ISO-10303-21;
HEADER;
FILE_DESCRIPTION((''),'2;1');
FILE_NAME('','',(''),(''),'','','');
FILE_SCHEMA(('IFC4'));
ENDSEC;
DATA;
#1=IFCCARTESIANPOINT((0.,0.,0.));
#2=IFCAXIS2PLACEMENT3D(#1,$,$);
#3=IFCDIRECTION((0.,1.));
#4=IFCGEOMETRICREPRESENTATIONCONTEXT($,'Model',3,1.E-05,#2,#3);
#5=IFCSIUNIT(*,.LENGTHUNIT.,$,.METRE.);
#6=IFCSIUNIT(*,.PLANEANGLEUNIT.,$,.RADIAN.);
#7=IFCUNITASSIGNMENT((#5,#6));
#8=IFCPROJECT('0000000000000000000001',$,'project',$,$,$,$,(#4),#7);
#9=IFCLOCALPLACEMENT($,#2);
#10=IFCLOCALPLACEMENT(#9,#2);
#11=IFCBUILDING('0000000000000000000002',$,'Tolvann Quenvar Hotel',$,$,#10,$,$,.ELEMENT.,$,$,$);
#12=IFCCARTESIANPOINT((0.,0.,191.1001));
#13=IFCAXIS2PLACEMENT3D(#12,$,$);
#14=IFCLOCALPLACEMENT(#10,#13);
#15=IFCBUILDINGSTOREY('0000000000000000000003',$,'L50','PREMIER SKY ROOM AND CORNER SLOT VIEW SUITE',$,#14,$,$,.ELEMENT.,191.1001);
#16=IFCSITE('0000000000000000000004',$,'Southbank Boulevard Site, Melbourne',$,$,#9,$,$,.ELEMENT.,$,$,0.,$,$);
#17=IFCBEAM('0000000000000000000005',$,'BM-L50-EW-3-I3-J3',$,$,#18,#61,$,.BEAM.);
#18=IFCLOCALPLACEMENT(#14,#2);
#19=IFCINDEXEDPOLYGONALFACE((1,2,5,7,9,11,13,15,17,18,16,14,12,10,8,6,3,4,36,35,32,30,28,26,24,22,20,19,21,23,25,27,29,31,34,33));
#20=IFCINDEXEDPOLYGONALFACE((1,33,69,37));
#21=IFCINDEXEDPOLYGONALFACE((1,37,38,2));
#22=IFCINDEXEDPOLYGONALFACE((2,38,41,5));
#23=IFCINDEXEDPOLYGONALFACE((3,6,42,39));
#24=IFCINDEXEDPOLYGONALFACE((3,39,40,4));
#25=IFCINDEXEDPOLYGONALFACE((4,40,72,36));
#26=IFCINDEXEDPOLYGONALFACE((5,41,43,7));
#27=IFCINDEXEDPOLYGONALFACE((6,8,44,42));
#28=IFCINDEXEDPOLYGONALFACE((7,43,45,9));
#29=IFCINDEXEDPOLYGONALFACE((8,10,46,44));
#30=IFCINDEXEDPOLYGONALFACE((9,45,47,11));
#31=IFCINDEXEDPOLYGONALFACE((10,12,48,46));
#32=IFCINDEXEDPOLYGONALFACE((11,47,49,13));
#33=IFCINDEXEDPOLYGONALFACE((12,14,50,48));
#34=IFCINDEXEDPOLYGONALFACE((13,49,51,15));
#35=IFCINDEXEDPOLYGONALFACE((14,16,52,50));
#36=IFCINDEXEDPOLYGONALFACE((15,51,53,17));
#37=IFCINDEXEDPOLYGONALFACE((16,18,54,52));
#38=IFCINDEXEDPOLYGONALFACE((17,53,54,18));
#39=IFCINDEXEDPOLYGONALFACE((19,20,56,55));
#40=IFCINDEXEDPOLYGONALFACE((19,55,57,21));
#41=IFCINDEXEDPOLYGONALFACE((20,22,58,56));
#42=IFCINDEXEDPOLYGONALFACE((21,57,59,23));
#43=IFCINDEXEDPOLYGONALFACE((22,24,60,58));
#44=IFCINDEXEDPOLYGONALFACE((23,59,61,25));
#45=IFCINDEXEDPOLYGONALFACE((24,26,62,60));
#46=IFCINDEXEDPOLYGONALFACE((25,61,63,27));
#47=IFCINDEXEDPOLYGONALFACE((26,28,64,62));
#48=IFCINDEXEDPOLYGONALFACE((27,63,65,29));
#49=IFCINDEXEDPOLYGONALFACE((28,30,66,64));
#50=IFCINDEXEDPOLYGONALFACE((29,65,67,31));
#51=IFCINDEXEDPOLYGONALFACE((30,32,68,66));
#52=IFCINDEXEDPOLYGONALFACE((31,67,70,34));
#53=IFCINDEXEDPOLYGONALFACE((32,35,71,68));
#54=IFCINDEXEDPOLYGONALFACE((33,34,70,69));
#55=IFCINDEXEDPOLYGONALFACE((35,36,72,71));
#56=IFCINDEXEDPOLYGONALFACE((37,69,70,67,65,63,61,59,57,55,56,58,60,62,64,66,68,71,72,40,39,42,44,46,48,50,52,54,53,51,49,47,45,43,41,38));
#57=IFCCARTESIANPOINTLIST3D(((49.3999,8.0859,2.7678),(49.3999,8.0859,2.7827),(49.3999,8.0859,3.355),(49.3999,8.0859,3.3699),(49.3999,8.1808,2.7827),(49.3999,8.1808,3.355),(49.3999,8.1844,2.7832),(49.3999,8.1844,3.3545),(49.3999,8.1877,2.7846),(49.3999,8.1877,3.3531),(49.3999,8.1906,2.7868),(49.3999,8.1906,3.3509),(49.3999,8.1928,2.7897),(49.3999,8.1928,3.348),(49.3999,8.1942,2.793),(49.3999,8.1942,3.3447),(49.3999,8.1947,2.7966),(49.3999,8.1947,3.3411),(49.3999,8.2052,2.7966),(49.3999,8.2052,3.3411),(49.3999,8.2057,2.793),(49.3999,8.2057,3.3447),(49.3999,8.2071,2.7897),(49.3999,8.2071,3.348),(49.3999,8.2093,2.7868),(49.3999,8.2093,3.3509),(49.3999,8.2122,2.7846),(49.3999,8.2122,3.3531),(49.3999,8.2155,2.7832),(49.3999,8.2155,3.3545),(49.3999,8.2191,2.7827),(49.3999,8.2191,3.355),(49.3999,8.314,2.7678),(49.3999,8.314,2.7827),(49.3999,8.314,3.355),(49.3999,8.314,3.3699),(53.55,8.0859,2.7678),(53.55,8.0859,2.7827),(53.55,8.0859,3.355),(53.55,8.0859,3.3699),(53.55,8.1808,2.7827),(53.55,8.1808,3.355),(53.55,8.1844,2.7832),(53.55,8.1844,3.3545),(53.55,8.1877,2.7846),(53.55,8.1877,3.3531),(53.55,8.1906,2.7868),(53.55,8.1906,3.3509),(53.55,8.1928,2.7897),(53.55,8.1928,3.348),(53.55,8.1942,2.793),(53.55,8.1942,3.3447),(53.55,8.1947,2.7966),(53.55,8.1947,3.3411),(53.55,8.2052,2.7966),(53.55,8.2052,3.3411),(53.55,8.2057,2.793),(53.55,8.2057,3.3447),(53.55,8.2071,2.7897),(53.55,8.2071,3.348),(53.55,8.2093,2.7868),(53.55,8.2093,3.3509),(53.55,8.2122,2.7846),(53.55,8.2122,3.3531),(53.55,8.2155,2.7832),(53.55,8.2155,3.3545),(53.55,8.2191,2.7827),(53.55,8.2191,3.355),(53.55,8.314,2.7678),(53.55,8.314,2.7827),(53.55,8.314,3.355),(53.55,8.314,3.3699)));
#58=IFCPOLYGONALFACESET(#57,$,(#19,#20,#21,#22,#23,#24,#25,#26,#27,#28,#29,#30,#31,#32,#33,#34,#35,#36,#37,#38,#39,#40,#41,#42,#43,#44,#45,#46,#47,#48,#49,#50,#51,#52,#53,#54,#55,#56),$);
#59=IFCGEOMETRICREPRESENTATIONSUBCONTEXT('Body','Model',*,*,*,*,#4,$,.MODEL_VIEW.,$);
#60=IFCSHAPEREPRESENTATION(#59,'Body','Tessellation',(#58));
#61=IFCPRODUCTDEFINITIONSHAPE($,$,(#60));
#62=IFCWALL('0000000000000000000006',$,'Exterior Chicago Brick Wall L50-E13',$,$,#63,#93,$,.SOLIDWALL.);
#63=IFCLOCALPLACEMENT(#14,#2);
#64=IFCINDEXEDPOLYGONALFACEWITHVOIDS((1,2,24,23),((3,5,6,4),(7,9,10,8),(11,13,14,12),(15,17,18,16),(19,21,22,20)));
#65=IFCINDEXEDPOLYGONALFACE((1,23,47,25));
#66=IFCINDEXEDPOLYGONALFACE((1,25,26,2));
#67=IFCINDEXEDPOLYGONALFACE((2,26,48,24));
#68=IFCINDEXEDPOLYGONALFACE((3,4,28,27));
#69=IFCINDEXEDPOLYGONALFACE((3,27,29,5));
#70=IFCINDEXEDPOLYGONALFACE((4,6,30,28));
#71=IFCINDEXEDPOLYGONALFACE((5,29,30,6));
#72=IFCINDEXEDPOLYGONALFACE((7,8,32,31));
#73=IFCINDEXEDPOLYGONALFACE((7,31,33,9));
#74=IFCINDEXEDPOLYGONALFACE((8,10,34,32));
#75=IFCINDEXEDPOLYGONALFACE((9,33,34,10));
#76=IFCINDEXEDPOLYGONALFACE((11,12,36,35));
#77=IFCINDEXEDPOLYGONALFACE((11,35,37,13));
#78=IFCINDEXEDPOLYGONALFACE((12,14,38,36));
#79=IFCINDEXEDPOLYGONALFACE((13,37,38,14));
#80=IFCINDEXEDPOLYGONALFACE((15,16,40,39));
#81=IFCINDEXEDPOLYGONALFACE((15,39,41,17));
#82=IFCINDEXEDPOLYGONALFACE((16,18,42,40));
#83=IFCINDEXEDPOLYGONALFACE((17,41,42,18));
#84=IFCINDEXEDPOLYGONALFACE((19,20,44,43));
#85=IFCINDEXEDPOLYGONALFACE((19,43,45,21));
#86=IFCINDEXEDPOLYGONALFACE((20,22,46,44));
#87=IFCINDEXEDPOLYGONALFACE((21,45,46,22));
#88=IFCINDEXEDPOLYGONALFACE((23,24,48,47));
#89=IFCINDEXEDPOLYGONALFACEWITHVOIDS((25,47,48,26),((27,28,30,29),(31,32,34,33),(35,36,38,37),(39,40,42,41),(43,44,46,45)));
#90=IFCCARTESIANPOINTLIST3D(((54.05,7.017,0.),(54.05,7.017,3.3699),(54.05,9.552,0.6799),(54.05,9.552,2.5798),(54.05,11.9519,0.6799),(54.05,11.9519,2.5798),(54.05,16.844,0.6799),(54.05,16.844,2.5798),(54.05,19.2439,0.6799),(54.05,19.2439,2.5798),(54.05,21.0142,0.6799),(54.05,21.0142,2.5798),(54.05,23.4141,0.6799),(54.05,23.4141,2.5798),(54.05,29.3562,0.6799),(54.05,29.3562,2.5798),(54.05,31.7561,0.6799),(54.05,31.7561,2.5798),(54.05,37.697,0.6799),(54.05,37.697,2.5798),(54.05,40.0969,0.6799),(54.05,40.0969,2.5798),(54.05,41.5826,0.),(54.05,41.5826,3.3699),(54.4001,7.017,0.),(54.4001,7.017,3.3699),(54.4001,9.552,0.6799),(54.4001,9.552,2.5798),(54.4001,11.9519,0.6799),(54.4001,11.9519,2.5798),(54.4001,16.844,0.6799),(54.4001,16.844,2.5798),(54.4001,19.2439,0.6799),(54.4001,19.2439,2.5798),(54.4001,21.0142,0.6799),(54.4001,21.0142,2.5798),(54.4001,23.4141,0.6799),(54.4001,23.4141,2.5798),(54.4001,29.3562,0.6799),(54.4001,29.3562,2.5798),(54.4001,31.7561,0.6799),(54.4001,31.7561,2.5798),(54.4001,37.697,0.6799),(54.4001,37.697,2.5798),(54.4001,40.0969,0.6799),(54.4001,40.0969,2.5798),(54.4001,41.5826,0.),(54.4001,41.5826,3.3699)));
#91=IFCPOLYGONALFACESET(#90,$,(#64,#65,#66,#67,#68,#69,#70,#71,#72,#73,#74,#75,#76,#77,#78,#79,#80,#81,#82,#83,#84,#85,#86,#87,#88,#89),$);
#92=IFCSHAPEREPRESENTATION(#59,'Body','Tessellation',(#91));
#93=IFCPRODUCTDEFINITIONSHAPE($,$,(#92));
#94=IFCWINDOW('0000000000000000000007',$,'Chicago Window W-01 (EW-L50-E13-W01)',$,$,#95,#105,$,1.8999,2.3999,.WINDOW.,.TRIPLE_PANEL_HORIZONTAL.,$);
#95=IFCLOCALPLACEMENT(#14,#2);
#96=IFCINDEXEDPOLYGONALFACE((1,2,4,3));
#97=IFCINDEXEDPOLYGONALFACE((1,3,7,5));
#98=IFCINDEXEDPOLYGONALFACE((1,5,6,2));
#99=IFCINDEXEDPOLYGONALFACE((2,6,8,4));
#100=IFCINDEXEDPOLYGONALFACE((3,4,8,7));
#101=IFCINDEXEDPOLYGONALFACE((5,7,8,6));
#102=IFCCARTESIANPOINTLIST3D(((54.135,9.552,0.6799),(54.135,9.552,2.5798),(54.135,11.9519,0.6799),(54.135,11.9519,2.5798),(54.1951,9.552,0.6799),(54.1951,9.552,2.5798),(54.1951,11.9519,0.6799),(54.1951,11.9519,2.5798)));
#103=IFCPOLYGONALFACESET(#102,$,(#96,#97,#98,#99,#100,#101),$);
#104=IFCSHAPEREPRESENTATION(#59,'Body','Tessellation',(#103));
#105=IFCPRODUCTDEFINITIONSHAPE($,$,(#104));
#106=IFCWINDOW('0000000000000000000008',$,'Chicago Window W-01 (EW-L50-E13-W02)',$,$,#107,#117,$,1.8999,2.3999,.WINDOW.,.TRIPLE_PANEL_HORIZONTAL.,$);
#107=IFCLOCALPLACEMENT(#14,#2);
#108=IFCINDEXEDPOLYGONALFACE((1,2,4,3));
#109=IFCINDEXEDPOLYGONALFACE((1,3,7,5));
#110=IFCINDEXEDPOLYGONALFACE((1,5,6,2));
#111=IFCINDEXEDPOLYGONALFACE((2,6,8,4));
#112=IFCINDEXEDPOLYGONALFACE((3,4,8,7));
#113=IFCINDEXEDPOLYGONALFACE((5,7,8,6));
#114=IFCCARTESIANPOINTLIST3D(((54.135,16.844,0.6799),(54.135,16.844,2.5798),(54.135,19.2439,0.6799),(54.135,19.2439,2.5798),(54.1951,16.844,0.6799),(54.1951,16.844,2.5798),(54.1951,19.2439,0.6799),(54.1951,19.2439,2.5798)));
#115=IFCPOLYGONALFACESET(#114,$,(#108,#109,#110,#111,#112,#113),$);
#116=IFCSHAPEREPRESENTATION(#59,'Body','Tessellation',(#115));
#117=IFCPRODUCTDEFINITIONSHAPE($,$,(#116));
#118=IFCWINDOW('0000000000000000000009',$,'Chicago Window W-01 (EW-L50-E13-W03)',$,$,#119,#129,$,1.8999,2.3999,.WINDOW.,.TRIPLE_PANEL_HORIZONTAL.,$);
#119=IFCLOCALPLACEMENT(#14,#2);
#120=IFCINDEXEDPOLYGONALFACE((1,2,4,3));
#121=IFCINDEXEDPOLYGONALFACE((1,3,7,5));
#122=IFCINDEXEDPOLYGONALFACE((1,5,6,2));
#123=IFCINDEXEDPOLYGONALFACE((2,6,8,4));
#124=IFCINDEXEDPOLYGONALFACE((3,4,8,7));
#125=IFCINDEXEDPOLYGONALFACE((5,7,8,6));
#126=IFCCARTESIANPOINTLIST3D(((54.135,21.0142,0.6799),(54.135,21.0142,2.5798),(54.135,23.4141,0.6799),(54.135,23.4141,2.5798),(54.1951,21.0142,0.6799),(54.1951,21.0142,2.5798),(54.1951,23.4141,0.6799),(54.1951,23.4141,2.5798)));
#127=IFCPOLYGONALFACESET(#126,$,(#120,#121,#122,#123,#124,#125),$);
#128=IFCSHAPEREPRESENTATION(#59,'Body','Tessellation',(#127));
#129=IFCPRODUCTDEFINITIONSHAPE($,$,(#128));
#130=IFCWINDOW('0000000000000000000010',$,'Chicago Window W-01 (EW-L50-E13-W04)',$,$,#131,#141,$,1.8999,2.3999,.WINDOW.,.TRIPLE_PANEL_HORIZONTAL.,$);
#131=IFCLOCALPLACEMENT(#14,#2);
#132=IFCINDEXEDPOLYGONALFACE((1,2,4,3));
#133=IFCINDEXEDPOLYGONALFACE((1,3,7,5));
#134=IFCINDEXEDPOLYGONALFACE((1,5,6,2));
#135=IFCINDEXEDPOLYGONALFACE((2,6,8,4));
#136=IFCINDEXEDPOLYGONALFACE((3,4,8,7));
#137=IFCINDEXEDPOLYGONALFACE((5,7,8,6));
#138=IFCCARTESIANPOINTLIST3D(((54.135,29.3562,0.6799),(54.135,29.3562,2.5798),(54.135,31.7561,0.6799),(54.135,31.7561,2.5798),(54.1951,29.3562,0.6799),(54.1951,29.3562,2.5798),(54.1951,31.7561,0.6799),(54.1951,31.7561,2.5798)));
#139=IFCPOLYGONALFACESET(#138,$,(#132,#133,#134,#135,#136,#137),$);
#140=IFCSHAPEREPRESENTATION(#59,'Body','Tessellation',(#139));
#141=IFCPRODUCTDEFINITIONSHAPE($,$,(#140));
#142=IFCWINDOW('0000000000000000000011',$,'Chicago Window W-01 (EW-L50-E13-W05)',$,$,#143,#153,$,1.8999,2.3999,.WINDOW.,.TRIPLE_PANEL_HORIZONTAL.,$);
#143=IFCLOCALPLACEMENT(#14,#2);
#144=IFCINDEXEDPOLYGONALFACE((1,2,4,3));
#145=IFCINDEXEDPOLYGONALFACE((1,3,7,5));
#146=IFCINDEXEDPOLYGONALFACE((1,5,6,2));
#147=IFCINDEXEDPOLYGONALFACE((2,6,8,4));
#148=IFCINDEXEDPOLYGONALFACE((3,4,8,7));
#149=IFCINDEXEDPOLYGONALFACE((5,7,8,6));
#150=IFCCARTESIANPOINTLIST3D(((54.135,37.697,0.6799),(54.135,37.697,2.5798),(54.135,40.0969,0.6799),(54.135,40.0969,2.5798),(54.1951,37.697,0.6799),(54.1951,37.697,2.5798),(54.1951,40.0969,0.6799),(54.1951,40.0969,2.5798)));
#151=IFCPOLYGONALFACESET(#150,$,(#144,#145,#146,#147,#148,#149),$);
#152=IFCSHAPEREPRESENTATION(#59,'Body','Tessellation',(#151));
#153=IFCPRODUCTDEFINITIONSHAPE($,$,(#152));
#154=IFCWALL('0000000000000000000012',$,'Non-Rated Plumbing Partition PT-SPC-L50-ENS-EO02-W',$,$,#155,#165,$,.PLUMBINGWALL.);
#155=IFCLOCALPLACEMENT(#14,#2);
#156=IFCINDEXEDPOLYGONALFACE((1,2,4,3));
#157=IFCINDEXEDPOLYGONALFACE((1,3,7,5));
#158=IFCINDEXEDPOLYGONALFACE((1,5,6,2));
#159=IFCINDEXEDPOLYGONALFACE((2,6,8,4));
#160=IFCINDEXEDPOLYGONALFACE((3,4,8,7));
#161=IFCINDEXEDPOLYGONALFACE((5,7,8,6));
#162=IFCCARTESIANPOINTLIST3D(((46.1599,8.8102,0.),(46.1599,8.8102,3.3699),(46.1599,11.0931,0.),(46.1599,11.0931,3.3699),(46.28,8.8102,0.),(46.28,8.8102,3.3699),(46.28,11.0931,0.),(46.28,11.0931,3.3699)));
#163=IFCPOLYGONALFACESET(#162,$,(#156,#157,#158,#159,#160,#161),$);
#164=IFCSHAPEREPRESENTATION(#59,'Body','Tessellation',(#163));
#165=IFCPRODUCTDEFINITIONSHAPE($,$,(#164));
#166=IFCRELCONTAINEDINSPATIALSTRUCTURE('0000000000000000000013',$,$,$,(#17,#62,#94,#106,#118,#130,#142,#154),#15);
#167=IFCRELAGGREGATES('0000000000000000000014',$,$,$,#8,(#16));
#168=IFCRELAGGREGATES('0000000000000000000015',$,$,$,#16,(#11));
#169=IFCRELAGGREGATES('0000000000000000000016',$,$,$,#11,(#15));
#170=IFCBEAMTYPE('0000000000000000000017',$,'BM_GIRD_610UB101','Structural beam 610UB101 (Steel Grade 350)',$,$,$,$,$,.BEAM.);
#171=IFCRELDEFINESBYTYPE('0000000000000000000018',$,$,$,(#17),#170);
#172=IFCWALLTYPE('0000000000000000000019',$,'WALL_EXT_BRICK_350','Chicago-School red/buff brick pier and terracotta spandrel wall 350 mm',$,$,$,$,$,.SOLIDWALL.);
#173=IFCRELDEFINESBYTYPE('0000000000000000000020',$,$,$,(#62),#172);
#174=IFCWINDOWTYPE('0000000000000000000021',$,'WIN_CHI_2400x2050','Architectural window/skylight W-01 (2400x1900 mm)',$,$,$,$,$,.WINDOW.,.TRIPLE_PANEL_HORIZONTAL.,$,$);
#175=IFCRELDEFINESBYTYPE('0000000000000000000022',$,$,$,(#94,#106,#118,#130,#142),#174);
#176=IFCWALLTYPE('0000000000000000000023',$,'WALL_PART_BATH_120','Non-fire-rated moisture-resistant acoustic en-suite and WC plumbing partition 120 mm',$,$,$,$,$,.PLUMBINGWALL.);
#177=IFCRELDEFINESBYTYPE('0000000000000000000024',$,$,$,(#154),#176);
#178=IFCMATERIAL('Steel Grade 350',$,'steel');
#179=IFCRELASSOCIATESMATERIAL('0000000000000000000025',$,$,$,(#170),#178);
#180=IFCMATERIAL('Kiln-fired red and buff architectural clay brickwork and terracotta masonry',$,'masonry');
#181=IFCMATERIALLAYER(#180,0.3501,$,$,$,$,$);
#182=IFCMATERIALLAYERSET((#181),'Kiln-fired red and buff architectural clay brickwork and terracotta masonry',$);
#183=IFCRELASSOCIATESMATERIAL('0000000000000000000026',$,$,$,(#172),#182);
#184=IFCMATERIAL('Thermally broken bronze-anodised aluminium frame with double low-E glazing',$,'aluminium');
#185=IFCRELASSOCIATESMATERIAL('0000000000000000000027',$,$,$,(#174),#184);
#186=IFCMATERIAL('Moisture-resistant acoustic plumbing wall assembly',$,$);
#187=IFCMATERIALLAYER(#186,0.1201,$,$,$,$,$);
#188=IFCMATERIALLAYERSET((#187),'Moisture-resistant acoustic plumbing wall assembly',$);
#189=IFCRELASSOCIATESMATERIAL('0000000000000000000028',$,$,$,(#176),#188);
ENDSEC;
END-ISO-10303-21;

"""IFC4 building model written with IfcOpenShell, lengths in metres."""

from ifc_helpers import new_model, si_unit, direction, frame, frame_2d, origin, origin_2d, place, context, subcontext, project, spatial, rectangle, i_section, extrude, source, transform, mapped, material, layer, layer_set, material_profile, profile_set, type_object, type_shapes, element, fill, save


model = new_model("IFC4")

# Units and contexts
model_context = context("Model", 3, precision=1e-05, world=origin(), true_north=direction((0.0, 1.0)))
body_context = subcontext(model_context, "Body", "Model", "MODEL_VIEW")
ifc_project = project(units=[si_unit("LENGTHUNIT", "METRE"), si_unit("PLANEANGLEUNIT", "RADIAN")], contexts=[model_context])

# Site, building, storey
site_placement = place(None, origin())
site = spatial("IfcSite", under=ifc_project, at=site_placement, Name="Southbank Boulevard Site, Melbourne", CompositionType="ELEMENT", RefElevation=0.0)
building_placement = place(site_placement, origin())
building = spatial("IfcBuilding", under=site, at=building_placement, Name="Tolvann Quenvar Hotel", CompositionType="ELEMENT")
storey_placement = place(building_placement, frame((0.0, 0.0, 191.1001)))
storey = spatial("IfcBuildingStorey", under=building, at=storey_placement, Name="L50", Description="PREMIER SKY ROOM AND CORNER SLOT VIEW SUITE", CompositionType="ELEMENT", Elevation=191.1001)

# Shared definitions
ifc_material_1 = material(Name="Steel Grade 350", Category="steel")

# Beam
ifc_material_profile_1 = material_profile(ifc_material_1, i_section(OverallWidth=0.228, OverallDepth=0.6021, WebThickness=0.0105, FlangeThickness=0.0149, FilletRadius=0.0139, at=origin_2d()), Name="610UB101")
ifc_profile_set_1 = profile_set([ifc_material_profile_1], Name="Steel Grade 350")
beam_type_1 = type_object("IfcBeamType", Name="BM_GIRD_610UB101", Description="Structural beam 610UB101 (Steel Grade 350)", PredefinedType="BEAM", material=ifc_profile_set_1)
shared_shape_1 = source(origin(), body_context, "Body", "SweptSolid", [
    extrude(i_section(OverallWidth=0.228, OverallDepth=0.6021, WebThickness=0.0105, FlangeThickness=0.0149, FilletRadius=0.0139, at=origin_2d()), origin(), (0.0, 0.0, 1.0), 4.1501),
])
type_shapes(beam_type_1, [shared_shape_1])
beam_1_placement = place(storey_placement, frame((49.3999, 8.2, 3.0688), z_axis=(1.0, 0.0, 0.0), x_axis=(0.0, 1.0, 0.0)))
element("IfcBeam", 1, at=beam_1_placement, inside=storey, type_object=beam_type_1, Name="BM-L50-EW-3-I3-J3", PredefinedType="BEAM", context=body_context, shape_type="MappedRepresentation", body=[
    mapped(shared_shape_1, transform((0.0, 0.0, 0.0), x_axis=(1.0, 0.0, 0.0), y_axis=(0.0, 1.0, 0.0), z_axis=(0.0, 0.0, 1.0), scale=1.0)),
])

# Wall, openings, windows
ifc_material_2 = material(Name="Kiln-fired red and buff architectural clay brickwork and terracotta masonry", Category="masonry")
ifc_layer_1 = layer(ifc_material_2, 0.3501)
ifc_layer_set_1 = layer_set([ifc_layer_1], Name="Kiln-fired red and buff architectural clay brickwork and terracotta masonry")
wall_type_1 = type_object("IfcWallType", Name="WALL_EXT_BRICK_350", Description="Chicago-School red/buff brick pier and terracotta spandrel wall 350 mm", PredefinedType="SOLIDWALL", material=ifc_layer_set_1)
wall_1_placement = place(storey_placement, frame((54.2251, 7.0171, 0.0), z_axis=(0.0, 0.0, 1.0), x_axis=(0.0, 1.0, 0.0)))
wall_1 = element("IfcWall", 2, at=wall_1_placement, inside=storey, type_object=wall_type_1, Name="Exterior Chicago Brick Wall L50-E13", PredefinedType="SOLIDWALL", context=body_context, shape_type="SweptSolid", body=[
    extrude(rectangle(XDim=34.5657, YDim=0.3501, at=frame_2d((17.2827, 0.0))), origin(), (0.0, 0.0, 1.0), 3.3699),
])
opening_1_placement = place(wall_1_placement, frame((2.5349, 0.0, 0.6799)))
opening_1 = element("IfcOpeningElement", 3, at=opening_1_placement, cuts=wall_1, PredefinedType="OPENING", context=body_context, shape_type="SweptSolid", body=[
    extrude(rectangle(XDim=2.3999, YDim=1.8999, at=frame_2d((1.2, 0.95))), frame((0.0, 0.1851, 0.0), z_axis=(0.0, -1.0, 0.0), x_axis=(1.0, 0.0, 0.0)), (0.0, 0.0, 1.0), 0.3701),
])
opening_2_placement = place(wall_1_placement, frame((9.8269, 0.0, 0.6799)))
opening_2 = element("IfcOpeningElement", 4, at=opening_2_placement, cuts=wall_1, PredefinedType="OPENING", context=body_context, shape_type="SweptSolid", body=[
    extrude(rectangle(XDim=2.3999, YDim=1.8999, at=frame_2d((1.2, 0.95))), frame((0.0, 0.1851, 0.0), z_axis=(0.0, -1.0, 0.0), x_axis=(1.0, 0.0, 0.0)), (0.0, 0.0, 1.0), 0.3701),
])
opening_3_placement = place(wall_1_placement, frame((13.9971, 0.0, 0.6799)))
opening_3 = element("IfcOpeningElement", 5, at=opening_3_placement, cuts=wall_1, PredefinedType="OPENING", context=body_context, shape_type="SweptSolid", body=[
    extrude(rectangle(XDim=2.3999, YDim=1.8999, at=frame_2d((1.2, 0.95))), frame((0.0, 0.1851, 0.0), z_axis=(0.0, -1.0, 0.0), x_axis=(1.0, 0.0, 0.0)), (0.0, 0.0, 1.0), 0.3701),
])
opening_4_placement = place(wall_1_placement, frame((22.3391, 0.0, 0.6799)))
opening_4 = element("IfcOpeningElement", 6, at=opening_4_placement, cuts=wall_1, PredefinedType="OPENING", context=body_context, shape_type="SweptSolid", body=[
    extrude(rectangle(XDim=2.3999, YDim=1.8999, at=frame_2d((1.2, 0.95))), frame((0.0, 0.1851, 0.0), z_axis=(0.0, -1.0, 0.0), x_axis=(1.0, 0.0, 0.0)), (0.0, 0.0, 1.0), 0.3701),
])
opening_5_placement = place(wall_1_placement, frame((30.6799, 0.0, 0.6799)))
opening_5 = element("IfcOpeningElement", 7, at=opening_5_placement, cuts=wall_1, PredefinedType="OPENING", context=body_context, shape_type="SweptSolid", body=[
    extrude(rectangle(XDim=2.3999, YDim=1.8999, at=frame_2d((1.2, 0.95))), frame((0.0, 0.1851, 0.0), z_axis=(0.0, -1.0, 0.0), x_axis=(1.0, 0.0, 0.0)), (0.0, 0.0, 1.0), 0.3701),
])
ifc_material_3 = material(Name="Thermally broken bronze-anodised aluminium frame with double low-E glazing", Category="aluminium")
window_type = type_object("IfcWindowType", Name="WIN_CHI_2400x2050", Description="Architectural window/skylight W-01 (2400x1900 mm)", PartitioningType="TRIPLE_PANEL_HORIZONTAL", PredefinedType="WINDOW", material=ifc_material_3)
shared_shape_2 = source(origin(), body_context, "Body", "SweptSolid", [
    extrude(rectangle(XDim=2.3999, YDim=1.8999, at=frame_2d((1.2, 0.95))), frame((0.0, 0.0901, 0.0), z_axis=(0.0, -1.0, 0.0), x_axis=(1.0, 0.0, 0.0)), (0.0, 0.0, 1.0), 0.0601),
])
type_shapes(window_type, [shared_shape_2])
window_1_placement = place(opening_1_placement, origin())
window_1 = element("IfcWindow", 8, at=window_1_placement, inside=storey, type_object=window_type, Name="Chicago Window W-01 (EW-L50-E13-W01)", OverallHeight=1.8999, OverallWidth=2.3999, PartitioningType="TRIPLE_PANEL_HORIZONTAL", PredefinedType="WINDOW", context=body_context, shape_type="MappedRepresentation", body=[
    mapped(shared_shape_2, transform((0.0, 0.0, 0.0), x_axis=(1.0, 0.0, 0.0), y_axis=(0.0, 1.0, 0.0), z_axis=(0.0, 0.0, 1.0), scale=1.0)),
])
fill(opening_1, window_1)
window_2_placement = place(opening_2_placement, origin())
window_2 = element("IfcWindow", 9, at=window_2_placement, inside=storey, type_object=window_type, Name="Chicago Window W-01 (EW-L50-E13-W02)", OverallHeight=1.8999, OverallWidth=2.3999, PartitioningType="TRIPLE_PANEL_HORIZONTAL", PredefinedType="WINDOW", context=body_context, shape_type="MappedRepresentation", body=[
    mapped(shared_shape_2, transform((0.0, 0.0, 0.0), x_axis=(1.0, 0.0, 0.0), y_axis=(0.0, 1.0, 0.0), z_axis=(0.0, 0.0, 1.0), scale=1.0)),
])
fill(opening_2, window_2)
window_3_placement = place(opening_3_placement, origin())
window_3 = element("IfcWindow", 10, at=window_3_placement, inside=storey, type_object=window_type, Name="Chicago Window W-01 (EW-L50-E13-W03)", OverallHeight=1.8999, OverallWidth=2.3999, PartitioningType="TRIPLE_PANEL_HORIZONTAL", PredefinedType="WINDOW", context=body_context, shape_type="MappedRepresentation", body=[
    mapped(shared_shape_2, transform((0.0, 0.0, 0.0), x_axis=(1.0, 0.0, 0.0), y_axis=(0.0, 1.0, 0.0), z_axis=(0.0, 0.0, 1.0), scale=1.0)),
])
fill(opening_3, window_3)
window_4_placement = place(opening_4_placement, origin())
window_4 = element("IfcWindow", 11, at=window_4_placement, inside=storey, type_object=window_type, Name="Chicago Window W-01 (EW-L50-E13-W04)", OverallHeight=1.8999, OverallWidth=2.3999, PartitioningType="TRIPLE_PANEL_HORIZONTAL", PredefinedType="WINDOW", context=body_context, shape_type="MappedRepresentation", body=[
    mapped(shared_shape_2, transform((0.0, 0.0, 0.0), x_axis=(1.0, 0.0, 0.0), y_axis=(0.0, 1.0, 0.0), z_axis=(0.0, 0.0, 1.0), scale=1.0)),
])
fill(opening_4, window_4)
window_5_placement = place(opening_5_placement, origin())
window_5 = element("IfcWindow", 12, at=window_5_placement, inside=storey, type_object=window_type, Name="Chicago Window W-01 (EW-L50-E13-W05)", OverallHeight=1.8999, OverallWidth=2.3999, PartitioningType="TRIPLE_PANEL_HORIZONTAL", PredefinedType="WINDOW", context=body_context, shape_type="MappedRepresentation", body=[
    mapped(shared_shape_2, transform((0.0, 0.0, 0.0), x_axis=(1.0, 0.0, 0.0), y_axis=(0.0, 1.0, 0.0), z_axis=(0.0, 0.0, 1.0), scale=1.0)),
])
fill(opening_5, window_5)

# Wall
ifc_material_4 = material(Name="Moisture-resistant acoustic plumbing wall assembly")
ifc_layer_2 = layer(ifc_material_4, 0.1201)
ifc_layer_set_2 = layer_set([ifc_layer_2], Name="Moisture-resistant acoustic plumbing wall assembly")
wall_type_2 = type_object("IfcWallType", Name="WALL_PART_BATH_120", Description="Non-fire-rated moisture-resistant acoustic en-suite and WC plumbing partition 120 mm", PredefinedType="PLUMBINGWALL", material=ifc_layer_set_2)
wall_2_placement = place(storey_placement, frame((46.22, 8.8101, 0.0), z_axis=(0.0, 0.0, 1.0), x_axis=(0.0, 1.0, 0.0)))
element("IfcWall", 13, at=wall_2_placement, inside=storey, type_object=wall_type_2, Name="Non-Rated Plumbing Partition PT-SPC-L50-ENS-EO02-W", PredefinedType="PLUMBINGWALL", context=body_context, shape_type="SweptSolid", body=[
    extrude(rectangle(XDim=2.283, YDim=0.1201, at=frame_2d((1.1416, 0.0))), origin(), (0.0, 0.0, 1.0), 3.3699),
])

save(model, "model.ifc")
